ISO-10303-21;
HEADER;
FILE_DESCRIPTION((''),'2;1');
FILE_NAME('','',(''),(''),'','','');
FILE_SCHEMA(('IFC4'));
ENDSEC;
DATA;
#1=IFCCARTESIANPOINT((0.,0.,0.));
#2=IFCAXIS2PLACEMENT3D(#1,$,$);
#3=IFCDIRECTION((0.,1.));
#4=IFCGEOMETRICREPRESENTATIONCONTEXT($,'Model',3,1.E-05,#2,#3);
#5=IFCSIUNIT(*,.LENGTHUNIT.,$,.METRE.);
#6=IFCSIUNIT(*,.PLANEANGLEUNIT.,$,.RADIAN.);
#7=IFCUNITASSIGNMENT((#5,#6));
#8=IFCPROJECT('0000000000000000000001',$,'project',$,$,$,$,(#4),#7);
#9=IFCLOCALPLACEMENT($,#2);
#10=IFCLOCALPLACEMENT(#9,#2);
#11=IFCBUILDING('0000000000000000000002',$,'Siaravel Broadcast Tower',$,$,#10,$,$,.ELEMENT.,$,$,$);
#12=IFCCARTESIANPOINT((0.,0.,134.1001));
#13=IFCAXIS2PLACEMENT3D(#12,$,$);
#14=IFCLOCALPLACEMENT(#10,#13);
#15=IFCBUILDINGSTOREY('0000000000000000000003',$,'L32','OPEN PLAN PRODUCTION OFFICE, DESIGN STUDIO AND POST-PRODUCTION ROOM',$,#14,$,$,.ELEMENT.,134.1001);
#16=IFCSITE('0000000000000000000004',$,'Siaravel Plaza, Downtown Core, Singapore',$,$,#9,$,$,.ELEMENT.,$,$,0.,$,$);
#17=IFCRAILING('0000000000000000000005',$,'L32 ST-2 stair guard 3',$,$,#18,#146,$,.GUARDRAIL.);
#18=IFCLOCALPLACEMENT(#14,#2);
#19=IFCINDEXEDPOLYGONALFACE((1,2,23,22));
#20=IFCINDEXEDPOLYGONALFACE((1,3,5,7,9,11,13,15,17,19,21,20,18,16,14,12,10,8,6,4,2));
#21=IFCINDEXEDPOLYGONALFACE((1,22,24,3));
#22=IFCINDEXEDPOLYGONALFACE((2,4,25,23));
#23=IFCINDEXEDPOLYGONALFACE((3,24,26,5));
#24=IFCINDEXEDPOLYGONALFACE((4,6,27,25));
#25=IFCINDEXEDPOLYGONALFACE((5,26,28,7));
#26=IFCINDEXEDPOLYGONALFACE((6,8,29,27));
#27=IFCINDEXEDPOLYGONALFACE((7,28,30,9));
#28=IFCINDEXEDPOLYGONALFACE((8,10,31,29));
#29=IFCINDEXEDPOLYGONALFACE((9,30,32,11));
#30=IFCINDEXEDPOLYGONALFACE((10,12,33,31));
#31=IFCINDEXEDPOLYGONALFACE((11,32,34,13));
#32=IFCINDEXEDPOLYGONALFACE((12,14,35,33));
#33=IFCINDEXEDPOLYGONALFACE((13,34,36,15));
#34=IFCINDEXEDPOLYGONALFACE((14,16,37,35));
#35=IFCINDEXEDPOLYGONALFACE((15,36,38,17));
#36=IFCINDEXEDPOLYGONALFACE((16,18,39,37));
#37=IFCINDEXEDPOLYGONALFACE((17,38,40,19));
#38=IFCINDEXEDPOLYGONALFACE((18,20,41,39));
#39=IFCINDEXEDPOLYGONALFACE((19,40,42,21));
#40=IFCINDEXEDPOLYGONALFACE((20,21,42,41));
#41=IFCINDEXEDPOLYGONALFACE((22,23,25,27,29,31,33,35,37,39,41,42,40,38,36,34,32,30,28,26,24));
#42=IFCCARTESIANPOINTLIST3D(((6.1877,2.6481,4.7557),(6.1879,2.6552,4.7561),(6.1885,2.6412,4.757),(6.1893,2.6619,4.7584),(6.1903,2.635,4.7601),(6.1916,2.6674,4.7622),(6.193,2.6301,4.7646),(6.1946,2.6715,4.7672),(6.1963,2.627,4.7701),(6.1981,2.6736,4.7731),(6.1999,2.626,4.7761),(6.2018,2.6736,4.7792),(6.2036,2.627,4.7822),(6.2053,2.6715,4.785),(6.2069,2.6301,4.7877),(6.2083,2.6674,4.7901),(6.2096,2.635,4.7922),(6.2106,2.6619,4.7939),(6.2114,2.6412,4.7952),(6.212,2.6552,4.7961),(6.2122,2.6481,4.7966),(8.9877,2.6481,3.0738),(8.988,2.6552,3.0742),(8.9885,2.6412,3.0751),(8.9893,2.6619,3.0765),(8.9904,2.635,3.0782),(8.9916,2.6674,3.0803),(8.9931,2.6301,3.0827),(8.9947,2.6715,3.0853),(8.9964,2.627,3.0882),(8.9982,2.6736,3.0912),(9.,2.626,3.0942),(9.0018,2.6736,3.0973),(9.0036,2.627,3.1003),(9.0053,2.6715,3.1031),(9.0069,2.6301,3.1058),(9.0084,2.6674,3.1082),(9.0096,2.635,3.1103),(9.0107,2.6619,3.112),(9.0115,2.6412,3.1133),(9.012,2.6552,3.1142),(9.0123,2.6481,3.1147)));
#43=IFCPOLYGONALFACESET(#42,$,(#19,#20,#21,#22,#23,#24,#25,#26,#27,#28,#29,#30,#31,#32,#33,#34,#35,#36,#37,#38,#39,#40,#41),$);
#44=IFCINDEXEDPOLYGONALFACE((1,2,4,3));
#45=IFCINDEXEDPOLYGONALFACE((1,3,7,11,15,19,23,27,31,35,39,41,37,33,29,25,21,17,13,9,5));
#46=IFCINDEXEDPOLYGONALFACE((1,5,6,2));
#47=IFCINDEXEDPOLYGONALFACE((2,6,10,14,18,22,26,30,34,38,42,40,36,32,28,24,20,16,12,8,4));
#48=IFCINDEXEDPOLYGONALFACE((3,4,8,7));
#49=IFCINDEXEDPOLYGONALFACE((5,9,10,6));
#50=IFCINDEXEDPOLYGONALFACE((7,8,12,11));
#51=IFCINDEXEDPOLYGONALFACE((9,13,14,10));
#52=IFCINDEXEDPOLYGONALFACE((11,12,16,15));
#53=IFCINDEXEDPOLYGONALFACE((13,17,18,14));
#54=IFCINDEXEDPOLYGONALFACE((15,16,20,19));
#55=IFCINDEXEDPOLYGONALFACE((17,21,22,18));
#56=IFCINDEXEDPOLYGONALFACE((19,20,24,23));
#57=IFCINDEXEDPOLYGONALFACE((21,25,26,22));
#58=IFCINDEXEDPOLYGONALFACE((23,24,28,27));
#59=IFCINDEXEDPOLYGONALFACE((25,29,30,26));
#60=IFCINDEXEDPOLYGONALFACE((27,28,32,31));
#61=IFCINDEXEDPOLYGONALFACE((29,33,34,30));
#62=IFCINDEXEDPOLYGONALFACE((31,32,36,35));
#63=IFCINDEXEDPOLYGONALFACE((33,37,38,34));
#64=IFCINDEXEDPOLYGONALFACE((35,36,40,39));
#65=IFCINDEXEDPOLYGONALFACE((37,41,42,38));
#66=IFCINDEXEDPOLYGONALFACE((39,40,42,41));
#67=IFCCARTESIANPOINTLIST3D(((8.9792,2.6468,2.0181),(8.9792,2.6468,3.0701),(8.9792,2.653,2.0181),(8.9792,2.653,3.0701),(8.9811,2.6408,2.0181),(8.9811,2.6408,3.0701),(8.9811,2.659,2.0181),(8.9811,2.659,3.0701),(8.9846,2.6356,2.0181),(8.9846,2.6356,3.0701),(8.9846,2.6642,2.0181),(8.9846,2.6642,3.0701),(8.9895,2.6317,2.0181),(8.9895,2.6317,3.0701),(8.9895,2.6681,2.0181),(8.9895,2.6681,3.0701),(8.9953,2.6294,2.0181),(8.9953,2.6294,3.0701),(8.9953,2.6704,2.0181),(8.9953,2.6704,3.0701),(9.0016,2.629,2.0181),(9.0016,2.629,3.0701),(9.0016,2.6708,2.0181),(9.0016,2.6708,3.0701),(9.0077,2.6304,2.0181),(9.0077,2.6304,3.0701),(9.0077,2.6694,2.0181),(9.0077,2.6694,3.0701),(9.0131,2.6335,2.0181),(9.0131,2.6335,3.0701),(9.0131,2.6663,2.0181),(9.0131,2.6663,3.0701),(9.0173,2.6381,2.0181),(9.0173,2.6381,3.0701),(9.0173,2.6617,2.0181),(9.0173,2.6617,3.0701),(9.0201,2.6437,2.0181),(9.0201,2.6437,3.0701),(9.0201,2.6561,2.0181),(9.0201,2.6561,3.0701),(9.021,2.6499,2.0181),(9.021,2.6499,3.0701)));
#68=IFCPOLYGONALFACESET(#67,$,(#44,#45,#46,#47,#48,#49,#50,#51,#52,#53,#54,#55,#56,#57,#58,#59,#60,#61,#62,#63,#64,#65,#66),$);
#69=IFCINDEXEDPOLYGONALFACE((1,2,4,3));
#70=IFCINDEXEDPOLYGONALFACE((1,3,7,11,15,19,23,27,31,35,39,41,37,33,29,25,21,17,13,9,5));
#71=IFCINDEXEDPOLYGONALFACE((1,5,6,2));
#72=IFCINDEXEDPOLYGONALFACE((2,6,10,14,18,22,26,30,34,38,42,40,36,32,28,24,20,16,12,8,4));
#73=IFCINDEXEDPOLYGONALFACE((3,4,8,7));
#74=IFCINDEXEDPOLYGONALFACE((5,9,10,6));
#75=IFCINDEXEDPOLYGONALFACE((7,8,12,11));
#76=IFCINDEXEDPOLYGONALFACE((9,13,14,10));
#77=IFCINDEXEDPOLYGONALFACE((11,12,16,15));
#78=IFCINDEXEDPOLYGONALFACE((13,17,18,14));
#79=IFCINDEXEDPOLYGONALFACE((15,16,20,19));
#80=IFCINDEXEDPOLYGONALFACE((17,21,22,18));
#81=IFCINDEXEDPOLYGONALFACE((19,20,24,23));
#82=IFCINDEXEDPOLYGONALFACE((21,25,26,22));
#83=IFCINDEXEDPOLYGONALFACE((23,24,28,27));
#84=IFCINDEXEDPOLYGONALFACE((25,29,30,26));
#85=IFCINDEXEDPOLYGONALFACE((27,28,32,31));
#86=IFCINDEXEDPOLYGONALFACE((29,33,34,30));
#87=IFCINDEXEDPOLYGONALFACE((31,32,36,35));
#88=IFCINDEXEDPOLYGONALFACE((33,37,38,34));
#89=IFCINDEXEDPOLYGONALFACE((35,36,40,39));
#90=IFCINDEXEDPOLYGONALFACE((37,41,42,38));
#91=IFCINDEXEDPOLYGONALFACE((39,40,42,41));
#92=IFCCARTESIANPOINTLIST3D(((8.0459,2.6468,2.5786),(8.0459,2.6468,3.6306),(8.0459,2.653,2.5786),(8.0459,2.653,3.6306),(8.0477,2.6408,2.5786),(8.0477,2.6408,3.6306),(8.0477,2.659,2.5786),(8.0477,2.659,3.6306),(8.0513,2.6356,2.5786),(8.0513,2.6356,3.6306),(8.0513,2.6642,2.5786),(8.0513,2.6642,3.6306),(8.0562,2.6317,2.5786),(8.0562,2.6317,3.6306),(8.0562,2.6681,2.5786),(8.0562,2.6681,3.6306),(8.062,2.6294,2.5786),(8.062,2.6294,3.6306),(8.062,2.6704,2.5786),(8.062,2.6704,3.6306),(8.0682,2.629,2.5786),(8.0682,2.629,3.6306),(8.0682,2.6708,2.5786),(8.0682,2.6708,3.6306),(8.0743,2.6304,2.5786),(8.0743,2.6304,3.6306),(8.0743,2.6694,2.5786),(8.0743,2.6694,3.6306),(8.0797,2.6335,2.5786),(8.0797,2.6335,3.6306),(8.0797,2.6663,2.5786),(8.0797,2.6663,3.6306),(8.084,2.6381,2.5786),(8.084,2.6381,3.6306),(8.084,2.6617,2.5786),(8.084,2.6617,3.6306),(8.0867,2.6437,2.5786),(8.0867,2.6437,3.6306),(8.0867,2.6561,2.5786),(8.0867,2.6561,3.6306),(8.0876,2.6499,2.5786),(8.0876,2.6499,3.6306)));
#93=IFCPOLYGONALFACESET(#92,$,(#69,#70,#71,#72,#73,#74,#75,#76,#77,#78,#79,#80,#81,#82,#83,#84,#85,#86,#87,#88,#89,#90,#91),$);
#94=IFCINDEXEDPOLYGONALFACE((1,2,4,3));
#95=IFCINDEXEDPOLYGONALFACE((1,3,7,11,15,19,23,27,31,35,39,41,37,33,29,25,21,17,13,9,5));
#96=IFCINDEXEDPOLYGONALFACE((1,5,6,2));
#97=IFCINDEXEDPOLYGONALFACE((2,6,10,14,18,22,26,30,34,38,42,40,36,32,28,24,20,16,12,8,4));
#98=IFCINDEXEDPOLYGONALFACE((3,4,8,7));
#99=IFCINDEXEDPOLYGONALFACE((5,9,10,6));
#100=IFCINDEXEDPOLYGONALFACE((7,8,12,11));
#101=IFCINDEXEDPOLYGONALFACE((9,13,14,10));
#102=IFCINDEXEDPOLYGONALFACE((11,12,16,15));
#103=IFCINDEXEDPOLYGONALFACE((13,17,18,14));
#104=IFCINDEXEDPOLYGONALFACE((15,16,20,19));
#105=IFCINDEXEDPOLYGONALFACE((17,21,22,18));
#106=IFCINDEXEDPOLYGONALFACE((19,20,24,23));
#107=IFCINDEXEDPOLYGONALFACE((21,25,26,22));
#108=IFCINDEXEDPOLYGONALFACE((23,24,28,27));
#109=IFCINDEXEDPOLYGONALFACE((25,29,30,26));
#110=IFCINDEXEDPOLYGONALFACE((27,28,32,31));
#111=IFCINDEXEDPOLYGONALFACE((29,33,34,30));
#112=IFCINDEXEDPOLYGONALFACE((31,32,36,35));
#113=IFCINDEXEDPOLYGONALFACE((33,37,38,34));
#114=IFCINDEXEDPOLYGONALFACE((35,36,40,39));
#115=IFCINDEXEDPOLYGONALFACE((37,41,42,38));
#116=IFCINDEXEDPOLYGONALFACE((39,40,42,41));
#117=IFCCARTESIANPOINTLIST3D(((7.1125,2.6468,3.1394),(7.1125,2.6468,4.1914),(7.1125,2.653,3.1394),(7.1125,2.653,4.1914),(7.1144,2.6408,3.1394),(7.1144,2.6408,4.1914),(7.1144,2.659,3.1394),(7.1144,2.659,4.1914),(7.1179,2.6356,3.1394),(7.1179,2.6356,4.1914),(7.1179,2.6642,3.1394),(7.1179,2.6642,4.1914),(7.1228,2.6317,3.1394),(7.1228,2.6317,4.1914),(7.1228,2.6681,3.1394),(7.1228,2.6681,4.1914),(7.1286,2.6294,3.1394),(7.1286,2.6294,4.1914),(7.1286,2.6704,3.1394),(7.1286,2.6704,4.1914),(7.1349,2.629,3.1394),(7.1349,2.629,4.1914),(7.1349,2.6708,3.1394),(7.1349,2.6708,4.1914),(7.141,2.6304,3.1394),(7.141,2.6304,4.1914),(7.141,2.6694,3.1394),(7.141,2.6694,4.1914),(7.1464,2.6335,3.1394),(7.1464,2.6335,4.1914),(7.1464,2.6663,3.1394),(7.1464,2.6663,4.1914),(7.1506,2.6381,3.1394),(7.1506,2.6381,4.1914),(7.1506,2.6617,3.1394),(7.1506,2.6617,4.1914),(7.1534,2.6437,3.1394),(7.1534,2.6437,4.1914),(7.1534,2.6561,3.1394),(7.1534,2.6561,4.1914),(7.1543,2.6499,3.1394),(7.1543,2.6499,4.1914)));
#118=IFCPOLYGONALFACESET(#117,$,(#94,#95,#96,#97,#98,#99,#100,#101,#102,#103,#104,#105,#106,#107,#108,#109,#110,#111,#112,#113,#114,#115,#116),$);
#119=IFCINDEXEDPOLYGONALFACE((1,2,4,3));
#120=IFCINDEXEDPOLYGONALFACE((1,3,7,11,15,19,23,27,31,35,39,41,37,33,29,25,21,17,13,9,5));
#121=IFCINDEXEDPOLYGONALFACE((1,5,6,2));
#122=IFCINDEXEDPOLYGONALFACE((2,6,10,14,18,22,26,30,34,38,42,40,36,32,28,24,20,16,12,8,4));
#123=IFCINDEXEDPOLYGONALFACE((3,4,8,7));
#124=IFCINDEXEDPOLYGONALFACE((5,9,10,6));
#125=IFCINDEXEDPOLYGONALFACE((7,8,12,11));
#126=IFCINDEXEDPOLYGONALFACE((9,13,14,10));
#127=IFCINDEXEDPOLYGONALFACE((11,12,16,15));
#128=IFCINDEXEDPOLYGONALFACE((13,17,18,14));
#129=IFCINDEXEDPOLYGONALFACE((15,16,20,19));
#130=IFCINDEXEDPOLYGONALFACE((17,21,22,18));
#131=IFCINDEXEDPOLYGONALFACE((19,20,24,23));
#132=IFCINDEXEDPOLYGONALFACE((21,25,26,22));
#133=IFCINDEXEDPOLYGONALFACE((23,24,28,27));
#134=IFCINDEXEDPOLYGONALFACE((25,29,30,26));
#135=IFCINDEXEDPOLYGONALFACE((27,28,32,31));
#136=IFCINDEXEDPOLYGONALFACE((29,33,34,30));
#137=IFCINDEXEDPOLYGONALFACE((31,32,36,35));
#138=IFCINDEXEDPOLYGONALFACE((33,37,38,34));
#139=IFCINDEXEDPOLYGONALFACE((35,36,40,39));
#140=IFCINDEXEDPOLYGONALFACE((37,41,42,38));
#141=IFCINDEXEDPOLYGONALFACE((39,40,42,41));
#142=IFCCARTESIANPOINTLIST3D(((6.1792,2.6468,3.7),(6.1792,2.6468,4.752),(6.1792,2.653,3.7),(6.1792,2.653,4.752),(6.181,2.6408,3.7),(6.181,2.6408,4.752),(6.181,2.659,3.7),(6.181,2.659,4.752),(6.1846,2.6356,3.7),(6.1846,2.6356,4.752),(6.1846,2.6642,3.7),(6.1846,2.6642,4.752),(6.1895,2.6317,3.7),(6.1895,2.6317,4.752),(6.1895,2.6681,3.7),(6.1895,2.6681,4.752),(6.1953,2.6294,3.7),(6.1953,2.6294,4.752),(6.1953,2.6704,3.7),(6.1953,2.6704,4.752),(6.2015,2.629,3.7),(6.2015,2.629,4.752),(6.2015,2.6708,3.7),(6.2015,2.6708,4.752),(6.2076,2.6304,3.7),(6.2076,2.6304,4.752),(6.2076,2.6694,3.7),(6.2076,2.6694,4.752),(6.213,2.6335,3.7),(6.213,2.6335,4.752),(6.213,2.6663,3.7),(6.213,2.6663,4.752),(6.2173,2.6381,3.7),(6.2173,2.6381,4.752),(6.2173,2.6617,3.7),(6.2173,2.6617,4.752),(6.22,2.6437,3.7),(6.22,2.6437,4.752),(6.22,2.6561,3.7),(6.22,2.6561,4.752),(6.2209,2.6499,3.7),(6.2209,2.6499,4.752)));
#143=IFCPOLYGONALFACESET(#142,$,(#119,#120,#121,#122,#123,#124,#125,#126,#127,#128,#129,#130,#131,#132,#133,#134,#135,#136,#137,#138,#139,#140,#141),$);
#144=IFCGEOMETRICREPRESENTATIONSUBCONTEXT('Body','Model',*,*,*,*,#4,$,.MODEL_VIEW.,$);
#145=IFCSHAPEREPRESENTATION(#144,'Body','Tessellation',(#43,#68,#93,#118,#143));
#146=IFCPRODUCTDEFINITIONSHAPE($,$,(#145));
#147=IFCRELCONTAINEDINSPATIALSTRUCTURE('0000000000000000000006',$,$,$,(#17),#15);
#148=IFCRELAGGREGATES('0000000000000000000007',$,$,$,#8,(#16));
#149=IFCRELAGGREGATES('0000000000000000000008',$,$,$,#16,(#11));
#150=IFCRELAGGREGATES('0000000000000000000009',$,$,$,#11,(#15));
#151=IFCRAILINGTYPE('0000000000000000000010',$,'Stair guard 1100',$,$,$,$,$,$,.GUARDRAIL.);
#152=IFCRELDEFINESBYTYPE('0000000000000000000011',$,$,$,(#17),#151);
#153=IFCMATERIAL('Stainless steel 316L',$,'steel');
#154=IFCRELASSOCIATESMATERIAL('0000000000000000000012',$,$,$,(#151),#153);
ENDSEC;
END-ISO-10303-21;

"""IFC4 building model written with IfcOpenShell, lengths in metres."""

from ifc_helpers import new_model, si_unit, direction, frame, origin, origin_2d, place, context, subcontext, project, spatial, circle, extrude, material, type_object, element, save


model = new_model("IFC4")

# Units and contexts
model_context = context("Model", 3, precision=1e-05, world=origin(), true_north=direction((0.0, 1.0)))
body_context = subcontext(model_context, "Body", "Model", "MODEL_VIEW")
ifc_project = project(units=[si_unit("LENGTHUNIT", "METRE"), si_unit("PLANEANGLEUNIT", "RADIAN")], contexts=[model_context])

# Site, building, storey
site_placement = place(None, origin())
site = spatial("IfcSite", under=ifc_project, at=site_placement, Name="Siaravel Plaza, Downtown Core, Singapore", CompositionType="ELEMENT", RefElevation=0.0)
building_placement = place(site_placement, origin())
building = spatial("IfcBuilding", under=site, at=building_placement, Name="Siaravel Broadcast Tower", CompositionType="ELEMENT")
storey_placement = place(building_placement, frame((0.0, 0.0, 134.1001)))
storey = spatial("IfcBuildingStorey", under=building, at=storey_placement, Name="L32", Description="OPEN PLAN PRODUCTION OFFICE, DESIGN STUDIO AND POST-PRODUCTION ROOM", CompositionType="ELEMENT", Elevation=134.1001)

# Railing
ifc_material_1 = material(Name="Stainless steel 316L", Category="steel")
railing_type_1 = type_object("IfcRailingType", Name="Stair guard 1100", PredefinedType="GUARDRAIL", material=ifc_material_1)
railing_1_placement = place(storey_placement, frame((9.0, 2.6499, 2.0181)))
element("IfcRailing", 1, at=railing_1_placement, inside=storey, type_object=railing_type_1, Name="L32 ST-2 stair guard 3", PredefinedType="GUARDRAIL", context=body_context, shape_type="SweptSolid", body=[
    extrude(circle(Radius=0.0239, at=origin_2d()), frame((0.0, 0.0, 1.0762), z_axis=(-0.857242, 0.0, 0.514913), x_axis=(0.0, -1.0, 0.0)), (0.0, 0.0, 1.0), 3.2664),
    extrude(circle(Radius=0.021, at=origin_2d()), origin(), (0.0, 0.0, 1.0), 1.052),
    extrude(circle(Radius=0.021, at=origin_2d()), frame((-0.9333, 0.0, 0.5605)), (0.0, 0.0, 1.0), 1.052),
    extrude(circle(Radius=0.021, at=origin_2d()), frame((-1.8667, 0.0, 1.1213)), (0.0, 0.0, 1.0), 1.052),
    extrude(circle(Radius=0.021, at=origin_2d()), frame((-2.8, 0.0, 1.6819)), (0.0, 0.0, 1.0), 1.052),
])

save(model, "model.ifc")
